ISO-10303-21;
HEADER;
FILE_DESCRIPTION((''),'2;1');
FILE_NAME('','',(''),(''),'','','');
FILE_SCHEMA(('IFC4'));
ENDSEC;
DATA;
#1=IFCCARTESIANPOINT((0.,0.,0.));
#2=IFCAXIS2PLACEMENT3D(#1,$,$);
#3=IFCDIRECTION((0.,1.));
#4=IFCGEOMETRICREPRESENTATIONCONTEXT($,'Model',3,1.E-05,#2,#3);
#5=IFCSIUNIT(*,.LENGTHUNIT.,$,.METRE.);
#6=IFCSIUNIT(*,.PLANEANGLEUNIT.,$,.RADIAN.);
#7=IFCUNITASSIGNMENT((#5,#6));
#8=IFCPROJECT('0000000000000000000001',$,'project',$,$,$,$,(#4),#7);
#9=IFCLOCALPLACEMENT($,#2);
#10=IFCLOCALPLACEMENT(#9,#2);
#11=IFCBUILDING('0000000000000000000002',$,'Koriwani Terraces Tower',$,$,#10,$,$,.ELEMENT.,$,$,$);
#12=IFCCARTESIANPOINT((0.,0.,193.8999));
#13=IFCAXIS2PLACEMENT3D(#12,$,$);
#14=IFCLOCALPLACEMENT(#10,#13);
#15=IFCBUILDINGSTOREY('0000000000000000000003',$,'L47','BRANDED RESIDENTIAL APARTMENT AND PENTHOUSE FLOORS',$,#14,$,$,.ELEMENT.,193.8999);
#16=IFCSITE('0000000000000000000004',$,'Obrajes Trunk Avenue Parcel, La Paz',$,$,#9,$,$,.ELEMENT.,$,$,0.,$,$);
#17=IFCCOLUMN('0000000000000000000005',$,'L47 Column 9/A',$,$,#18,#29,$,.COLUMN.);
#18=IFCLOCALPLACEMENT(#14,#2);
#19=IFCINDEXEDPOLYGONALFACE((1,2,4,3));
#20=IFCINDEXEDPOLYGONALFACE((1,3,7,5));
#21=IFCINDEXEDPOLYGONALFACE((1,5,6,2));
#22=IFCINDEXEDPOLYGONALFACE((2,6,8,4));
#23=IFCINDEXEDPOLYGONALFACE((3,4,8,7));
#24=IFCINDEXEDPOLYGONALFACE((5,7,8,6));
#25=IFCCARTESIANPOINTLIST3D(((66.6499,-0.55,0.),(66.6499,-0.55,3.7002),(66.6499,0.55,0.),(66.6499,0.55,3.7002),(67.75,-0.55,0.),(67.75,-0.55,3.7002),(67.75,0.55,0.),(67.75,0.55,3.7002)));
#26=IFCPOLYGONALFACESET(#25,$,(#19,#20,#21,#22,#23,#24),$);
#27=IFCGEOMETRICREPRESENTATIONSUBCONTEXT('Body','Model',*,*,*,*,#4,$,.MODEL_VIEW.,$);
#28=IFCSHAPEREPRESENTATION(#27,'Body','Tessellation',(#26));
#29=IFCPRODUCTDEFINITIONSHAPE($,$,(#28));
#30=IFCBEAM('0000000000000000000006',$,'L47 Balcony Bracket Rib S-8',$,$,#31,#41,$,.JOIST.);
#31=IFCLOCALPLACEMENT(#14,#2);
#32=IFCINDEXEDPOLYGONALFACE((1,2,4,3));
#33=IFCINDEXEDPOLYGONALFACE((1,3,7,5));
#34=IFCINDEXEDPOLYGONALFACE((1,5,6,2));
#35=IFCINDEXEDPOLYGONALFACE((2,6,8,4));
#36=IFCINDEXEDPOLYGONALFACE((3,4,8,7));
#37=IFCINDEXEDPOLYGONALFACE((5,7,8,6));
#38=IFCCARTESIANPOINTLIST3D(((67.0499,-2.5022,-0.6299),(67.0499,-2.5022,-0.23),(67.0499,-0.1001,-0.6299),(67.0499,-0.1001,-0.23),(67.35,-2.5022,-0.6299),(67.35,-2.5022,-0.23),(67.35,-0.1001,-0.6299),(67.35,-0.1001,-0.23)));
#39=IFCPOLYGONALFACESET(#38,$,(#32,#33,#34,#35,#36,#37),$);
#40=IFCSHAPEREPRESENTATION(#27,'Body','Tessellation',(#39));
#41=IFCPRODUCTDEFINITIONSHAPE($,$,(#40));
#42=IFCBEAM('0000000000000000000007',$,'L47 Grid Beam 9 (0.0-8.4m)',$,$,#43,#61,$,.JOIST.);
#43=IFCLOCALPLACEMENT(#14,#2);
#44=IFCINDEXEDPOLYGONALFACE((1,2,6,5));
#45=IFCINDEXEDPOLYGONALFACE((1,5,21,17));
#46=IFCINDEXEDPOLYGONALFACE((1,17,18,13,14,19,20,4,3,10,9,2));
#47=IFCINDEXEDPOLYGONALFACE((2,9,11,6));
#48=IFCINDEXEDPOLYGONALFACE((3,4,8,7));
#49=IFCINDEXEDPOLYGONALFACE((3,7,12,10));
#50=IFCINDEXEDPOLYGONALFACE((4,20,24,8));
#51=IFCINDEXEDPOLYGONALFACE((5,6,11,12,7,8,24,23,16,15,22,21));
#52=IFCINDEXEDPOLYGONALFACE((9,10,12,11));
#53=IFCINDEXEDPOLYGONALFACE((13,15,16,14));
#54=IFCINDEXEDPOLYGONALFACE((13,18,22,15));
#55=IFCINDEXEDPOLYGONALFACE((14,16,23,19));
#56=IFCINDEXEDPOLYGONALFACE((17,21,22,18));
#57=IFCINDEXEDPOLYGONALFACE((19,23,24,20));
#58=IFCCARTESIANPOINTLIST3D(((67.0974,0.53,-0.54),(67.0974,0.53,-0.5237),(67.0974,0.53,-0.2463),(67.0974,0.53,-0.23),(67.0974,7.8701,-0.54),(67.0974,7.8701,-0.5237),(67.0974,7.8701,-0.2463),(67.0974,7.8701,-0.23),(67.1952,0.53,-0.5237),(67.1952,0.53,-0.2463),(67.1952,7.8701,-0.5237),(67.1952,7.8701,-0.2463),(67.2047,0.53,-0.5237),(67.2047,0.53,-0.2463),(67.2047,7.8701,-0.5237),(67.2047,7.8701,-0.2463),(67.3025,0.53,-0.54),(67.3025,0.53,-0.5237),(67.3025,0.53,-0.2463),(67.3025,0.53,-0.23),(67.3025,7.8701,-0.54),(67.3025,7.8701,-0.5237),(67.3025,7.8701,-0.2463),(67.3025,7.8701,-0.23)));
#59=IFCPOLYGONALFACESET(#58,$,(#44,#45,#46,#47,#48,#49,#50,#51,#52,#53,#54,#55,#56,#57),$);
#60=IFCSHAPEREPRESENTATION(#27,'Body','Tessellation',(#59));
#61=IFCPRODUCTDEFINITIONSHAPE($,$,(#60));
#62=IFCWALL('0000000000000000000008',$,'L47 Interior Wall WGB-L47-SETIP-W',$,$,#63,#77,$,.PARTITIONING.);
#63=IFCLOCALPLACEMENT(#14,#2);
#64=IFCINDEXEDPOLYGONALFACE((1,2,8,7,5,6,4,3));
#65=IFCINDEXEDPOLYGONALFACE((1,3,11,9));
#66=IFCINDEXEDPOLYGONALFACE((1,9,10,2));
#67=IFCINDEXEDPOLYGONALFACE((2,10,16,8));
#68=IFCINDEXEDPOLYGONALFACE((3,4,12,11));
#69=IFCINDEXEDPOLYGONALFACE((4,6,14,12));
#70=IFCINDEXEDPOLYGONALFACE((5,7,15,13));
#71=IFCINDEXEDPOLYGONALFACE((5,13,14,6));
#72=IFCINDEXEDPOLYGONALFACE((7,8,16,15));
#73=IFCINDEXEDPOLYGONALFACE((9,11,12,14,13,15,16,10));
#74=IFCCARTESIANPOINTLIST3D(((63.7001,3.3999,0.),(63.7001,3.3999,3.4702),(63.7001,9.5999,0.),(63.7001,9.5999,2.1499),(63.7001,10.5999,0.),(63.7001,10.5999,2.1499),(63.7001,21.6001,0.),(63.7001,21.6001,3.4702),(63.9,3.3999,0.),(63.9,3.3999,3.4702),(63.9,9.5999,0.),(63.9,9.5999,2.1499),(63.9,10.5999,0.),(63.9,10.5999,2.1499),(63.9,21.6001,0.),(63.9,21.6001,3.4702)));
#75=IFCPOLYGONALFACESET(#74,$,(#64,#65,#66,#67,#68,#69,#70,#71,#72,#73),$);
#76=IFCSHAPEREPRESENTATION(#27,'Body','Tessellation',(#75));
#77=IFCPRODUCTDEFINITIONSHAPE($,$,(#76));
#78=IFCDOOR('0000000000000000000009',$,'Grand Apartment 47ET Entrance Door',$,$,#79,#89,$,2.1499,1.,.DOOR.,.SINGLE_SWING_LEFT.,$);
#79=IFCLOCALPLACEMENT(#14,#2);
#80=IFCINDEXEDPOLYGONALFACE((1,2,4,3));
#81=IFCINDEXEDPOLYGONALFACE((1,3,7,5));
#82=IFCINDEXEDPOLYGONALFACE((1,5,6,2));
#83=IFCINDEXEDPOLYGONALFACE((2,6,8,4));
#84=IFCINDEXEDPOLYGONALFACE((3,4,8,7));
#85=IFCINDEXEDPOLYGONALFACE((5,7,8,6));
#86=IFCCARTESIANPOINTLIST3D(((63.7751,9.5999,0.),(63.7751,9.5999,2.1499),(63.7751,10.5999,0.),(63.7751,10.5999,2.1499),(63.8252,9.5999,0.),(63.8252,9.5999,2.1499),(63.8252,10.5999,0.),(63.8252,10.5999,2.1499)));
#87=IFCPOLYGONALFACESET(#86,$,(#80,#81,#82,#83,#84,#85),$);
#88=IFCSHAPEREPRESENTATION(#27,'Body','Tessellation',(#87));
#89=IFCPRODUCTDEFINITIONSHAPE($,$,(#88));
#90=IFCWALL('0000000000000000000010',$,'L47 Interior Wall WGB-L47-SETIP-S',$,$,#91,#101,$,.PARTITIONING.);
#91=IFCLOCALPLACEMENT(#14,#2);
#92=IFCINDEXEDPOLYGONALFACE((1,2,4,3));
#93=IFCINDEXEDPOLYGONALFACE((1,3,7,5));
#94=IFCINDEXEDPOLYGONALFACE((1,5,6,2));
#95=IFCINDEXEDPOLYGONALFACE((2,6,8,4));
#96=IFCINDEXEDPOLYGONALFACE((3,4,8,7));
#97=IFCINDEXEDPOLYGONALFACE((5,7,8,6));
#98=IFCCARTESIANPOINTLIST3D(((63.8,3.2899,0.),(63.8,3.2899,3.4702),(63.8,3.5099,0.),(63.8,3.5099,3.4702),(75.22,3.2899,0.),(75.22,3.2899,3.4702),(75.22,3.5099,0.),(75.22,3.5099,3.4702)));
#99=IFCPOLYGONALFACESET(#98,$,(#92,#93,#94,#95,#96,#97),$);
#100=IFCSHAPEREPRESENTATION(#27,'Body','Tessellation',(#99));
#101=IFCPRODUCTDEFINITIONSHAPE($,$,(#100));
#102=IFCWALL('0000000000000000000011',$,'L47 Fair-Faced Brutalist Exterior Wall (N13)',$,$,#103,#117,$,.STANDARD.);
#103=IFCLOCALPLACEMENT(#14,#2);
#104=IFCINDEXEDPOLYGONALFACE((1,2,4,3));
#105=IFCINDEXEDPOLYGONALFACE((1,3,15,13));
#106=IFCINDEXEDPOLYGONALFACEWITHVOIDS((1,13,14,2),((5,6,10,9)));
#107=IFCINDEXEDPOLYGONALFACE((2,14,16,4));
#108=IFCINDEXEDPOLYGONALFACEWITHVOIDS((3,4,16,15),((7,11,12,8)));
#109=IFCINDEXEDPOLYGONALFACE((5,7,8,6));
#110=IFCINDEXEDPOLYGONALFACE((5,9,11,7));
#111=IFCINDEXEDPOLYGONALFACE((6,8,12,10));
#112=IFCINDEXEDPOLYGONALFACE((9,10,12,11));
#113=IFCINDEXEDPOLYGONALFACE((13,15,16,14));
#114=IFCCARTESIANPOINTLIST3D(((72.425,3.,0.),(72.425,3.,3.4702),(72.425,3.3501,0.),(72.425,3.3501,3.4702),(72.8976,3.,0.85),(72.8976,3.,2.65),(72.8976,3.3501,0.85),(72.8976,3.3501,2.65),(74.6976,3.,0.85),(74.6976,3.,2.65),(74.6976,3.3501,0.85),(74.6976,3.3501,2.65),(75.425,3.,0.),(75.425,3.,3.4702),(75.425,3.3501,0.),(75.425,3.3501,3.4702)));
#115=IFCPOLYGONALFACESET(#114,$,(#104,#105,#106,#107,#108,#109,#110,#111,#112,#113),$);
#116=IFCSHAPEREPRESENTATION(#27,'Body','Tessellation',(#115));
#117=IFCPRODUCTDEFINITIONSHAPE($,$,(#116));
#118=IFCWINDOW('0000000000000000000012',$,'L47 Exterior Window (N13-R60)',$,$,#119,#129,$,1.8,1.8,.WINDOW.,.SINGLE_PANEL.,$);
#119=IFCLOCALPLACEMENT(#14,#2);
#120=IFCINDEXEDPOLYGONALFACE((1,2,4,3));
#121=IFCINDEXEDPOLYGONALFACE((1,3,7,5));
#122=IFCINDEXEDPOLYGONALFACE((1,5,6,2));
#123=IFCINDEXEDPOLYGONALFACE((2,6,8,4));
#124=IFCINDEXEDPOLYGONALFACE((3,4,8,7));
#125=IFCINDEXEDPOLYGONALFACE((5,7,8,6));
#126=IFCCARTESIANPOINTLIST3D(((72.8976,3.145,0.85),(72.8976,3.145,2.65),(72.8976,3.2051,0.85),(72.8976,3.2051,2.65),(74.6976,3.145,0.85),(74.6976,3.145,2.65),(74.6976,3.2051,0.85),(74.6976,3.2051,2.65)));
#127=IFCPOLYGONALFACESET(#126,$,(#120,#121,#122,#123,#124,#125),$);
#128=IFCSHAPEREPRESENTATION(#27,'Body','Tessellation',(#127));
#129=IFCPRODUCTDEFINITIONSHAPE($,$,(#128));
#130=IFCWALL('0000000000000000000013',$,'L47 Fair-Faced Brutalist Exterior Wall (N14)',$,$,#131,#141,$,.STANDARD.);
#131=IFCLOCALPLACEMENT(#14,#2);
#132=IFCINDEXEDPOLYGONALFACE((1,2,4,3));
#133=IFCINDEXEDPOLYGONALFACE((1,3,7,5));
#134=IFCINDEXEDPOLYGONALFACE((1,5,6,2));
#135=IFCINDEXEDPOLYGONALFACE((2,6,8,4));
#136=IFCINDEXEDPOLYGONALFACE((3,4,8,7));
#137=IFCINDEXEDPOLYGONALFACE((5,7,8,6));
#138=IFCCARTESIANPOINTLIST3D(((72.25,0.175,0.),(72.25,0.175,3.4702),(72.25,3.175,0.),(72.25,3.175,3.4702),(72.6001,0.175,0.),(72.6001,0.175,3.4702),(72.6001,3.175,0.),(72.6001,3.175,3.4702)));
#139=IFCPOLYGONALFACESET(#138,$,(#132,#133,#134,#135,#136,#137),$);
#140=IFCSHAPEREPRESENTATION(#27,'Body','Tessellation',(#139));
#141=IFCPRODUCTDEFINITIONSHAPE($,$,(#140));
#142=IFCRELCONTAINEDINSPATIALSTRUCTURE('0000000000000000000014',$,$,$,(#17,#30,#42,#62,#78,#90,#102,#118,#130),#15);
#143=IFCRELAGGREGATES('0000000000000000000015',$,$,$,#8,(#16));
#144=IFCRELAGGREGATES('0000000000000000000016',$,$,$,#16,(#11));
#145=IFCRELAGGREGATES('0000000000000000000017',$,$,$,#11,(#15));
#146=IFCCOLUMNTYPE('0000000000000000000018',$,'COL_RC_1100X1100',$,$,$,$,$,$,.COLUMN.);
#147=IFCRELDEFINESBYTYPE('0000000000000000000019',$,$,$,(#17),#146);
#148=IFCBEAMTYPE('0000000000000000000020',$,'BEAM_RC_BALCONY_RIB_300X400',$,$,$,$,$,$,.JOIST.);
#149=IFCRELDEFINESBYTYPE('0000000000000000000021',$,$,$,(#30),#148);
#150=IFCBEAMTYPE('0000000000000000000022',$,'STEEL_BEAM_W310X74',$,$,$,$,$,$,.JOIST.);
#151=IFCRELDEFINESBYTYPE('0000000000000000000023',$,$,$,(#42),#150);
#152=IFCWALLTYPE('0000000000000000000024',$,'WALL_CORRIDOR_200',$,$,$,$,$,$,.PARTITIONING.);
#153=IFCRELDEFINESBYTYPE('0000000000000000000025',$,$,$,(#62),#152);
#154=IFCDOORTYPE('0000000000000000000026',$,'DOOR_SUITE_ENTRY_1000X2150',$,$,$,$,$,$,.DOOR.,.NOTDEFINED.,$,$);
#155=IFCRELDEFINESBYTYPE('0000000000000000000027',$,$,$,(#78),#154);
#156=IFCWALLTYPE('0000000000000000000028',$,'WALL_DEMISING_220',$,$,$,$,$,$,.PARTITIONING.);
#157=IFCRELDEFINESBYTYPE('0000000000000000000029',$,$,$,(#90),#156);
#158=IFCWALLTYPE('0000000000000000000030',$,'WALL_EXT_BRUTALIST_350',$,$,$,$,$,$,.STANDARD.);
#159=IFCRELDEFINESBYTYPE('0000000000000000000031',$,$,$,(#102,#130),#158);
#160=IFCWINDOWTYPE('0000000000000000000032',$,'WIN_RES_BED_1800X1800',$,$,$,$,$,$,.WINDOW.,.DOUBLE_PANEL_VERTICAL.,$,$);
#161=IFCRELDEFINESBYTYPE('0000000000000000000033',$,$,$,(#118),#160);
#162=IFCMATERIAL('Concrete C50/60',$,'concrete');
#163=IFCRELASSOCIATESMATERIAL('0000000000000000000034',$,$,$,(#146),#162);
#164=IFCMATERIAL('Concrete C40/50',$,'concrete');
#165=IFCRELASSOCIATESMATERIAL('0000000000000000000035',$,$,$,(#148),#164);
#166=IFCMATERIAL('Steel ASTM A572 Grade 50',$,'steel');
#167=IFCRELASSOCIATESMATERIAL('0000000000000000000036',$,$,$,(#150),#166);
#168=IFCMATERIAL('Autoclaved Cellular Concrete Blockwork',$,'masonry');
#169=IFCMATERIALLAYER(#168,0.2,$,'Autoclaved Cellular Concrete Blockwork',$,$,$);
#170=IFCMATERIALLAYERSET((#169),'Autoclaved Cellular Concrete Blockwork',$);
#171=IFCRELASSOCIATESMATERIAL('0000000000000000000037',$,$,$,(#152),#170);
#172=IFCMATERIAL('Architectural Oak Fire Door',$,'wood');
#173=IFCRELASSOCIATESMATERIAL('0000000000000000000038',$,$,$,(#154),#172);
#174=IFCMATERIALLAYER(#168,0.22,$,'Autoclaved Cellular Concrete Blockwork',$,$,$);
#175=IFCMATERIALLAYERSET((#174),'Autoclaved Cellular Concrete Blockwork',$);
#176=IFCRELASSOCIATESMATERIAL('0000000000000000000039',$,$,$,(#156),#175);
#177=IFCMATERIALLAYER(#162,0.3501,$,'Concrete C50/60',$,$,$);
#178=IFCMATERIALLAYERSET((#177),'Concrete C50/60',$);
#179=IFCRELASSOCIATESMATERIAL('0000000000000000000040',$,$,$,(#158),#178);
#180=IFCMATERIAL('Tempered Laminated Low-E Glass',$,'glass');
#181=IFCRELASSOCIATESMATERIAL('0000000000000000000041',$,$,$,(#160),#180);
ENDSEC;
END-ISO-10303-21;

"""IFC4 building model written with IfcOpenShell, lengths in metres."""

from ifc_helpers import new_model, si_unit, direction, frame, frame_2d, origin, origin_2d, place, context, subcontext, project, spatial, rectangle, i_section, extrude, material, layer, layer_set, material_profile, profile_set, type_object, element, fill, save


model = new_model("IFC4")

# Units and contexts
model_context = context("Model", 3, precision=1e-05, world=origin(), true_north=direction((0.0, 1.0)))
body_context = subcontext(model_context, "Body", "Model", "MODEL_VIEW")
ifc_project = project(units=[si_unit("LENGTHUNIT", "METRE"), si_unit("PLANEANGLEUNIT", "RADIAN")], contexts=[model_context])

# Site, building, storey
site_placement = place(None, origin())
site = spatial("IfcSite", under=ifc_project, at=site_placement, Name="Obrajes Trunk Avenue Parcel, La Paz", CompositionType="ELEMENT", RefElevation=0.0)
building_placement = place(site_placement, origin())
building = spatial("IfcBuilding", under=site, at=building_placement, Name="Koriwani Terraces Tower", CompositionType="ELEMENT")
storey_placement = place(building_placement, frame((0.0, 0.0, 193.8999)))
storey = spatial("IfcBuildingStorey", under=building, at=storey_placement, Name="L47", Description="BRANDED RESIDENTIAL APARTMENT AND PENTHOUSE FLOORS", CompositionType="ELEMENT", Elevation=193.8999)

# Column
ifc_material_1 = material(Name="Concrete C50/60", Category="concrete")
ifc_material_profile_1 = material_profile(ifc_material_1, rectangle(XDim=1.1001, YDim=1.1001, at=origin_2d()), Name="Concrete C50/60", Category="LoadBearing")
ifc_profile_set_1 = profile_set([ifc_material_profile_1], Name="Concrete C50/60")
column_type = type_object("IfcColumnType", Name="COL_RC_1100X1100", PredefinedType="COLUMN", material=ifc_profile_set_1)
column_placement = place(storey_placement, frame((67.2, 0.0, 0.0), z_axis=(0.0, 0.0, 1.0), x_axis=(1.0, 0.0, 0.0)))
element("IfcColumn", 1, at=column_placement, inside=storey, type_object=column_type, Name="L47 Column 9/A", PredefinedType="COLUMN", context=body_context, shape_type="SweptSolid", body=[
    extrude(rectangle(XDim=1.1001, YDim=1.1001, at=origin_2d()), origin(), (0.0, 0.0, 1.0), 3.7002),
])

# Beams
ifc_material_2 = material(Name="Concrete C40/50", Category="concrete")
ifc_material_profile_2 = material_profile(ifc_material_2, rectangle(XDim=0.3, YDim=0.3999, at=origin_2d()), Name="Concrete C40/50", Category="LoadBearing")
ifc_profile_set_2 = profile_set([ifc_material_profile_2], Name="Concrete C40/50")
beam_type_1 = type_object("IfcBeamType", Name="BEAM_RC_BALCONY_RIB_300X400", PredefinedType="JOIST", material=ifc_profile_set_2)
beam_1_placement = place(storey_placement, frame((67.2, -2.5022, -0.4299), z_axis=(0.0, 1.0, 0.0), x_axis=(-1.0, 0.0, 0.0)))
element("IfcBeam", 2, at=beam_1_placement, inside=storey, type_object=beam_type_1, Name="L47 Balcony Bracket Rib S-8", PredefinedType="JOIST", context=body_context, shape_type="SweptSolid", body=[
    extrude(rectangle(XDim=0.3, YDim=0.3999, at=origin_2d()), origin(), (0.0, 0.0, 1.0), 2.4021),
])
ifc_material_3 = material(Name="Steel ASTM A572 Grade 50", Category="steel")
ifc_material_profile_3 = material_profile(ifc_material_3, i_section(OverallWidth=0.2051, OverallDepth=0.3101, WebThickness=0.0095, FlangeThickness=0.0164, at=origin_2d()), Name="Steel ASTM A572 Grade 50", Category="LoadBearing")
ifc_profile_set_3 = profile_set([ifc_material_profile_3], Name="Steel ASTM A572 Grade 50")
beam_type_2 = type_object("IfcBeamType", Name="STEEL_BEAM_W310X74", PredefinedType="JOIST", material=ifc_profile_set_3)
beam_2_placement = place(storey_placement, frame((67.2, 0.53, -0.385), z_axis=(0.0, 1.0, 0.0), x_axis=(-1.0, 0.0, 0.0)))
element("IfcBeam", 3, at=beam_2_placement, inside=storey, type_object=beam_type_2, Name="L47 Grid Beam 9 (0.0-8.4m)", PredefinedType="JOIST", context=body_context, shape_type="SweptSolid", body=[
    extrude(i_section(OverallWidth=0.2051, OverallDepth=0.3101, WebThickness=0.0095, FlangeThickness=0.0164, at=origin_2d()), origin(), (0.0, 0.0, 1.0), 7.3401),
])

# Wall, opening, door
ifc_material_4 = material(Name="Autoclaved Cellular Concrete Blockwork", Category="masonry")
ifc_layer_1 = layer(ifc_material_4, 0.2, Name="Autoclaved Cellular Concrete Blockwork")
ifc_layer_set_1 = layer_set([ifc_layer_1], Name="Autoclaved Cellular Concrete Blockwork")
wall_type_1 = type_object("IfcWallType", Name="WALL_CORRIDOR_200", PredefinedType="PARTITIONING", material=ifc_layer_set_1)
wall_1_placement = place(storey_placement, frame((63.8, 3.3999, 0.0), z_axis=(0.0, 0.0, 1.0), x_axis=(0.0, 1.0, 0.0)))
wall_1 = element("IfcWall", 4, at=wall_1_placement, inside=storey, type_object=wall_type_1, Name="L47 Interior Wall WGB-L47-SETIP-W", PredefinedType="PARTITIONING", context=body_context, shape_type="SweptSolid", body=[
    extrude(rectangle(XDim=18.2002, YDim=0.2, at=frame_2d((9.1001, 0.0))), origin(), (0.0, 0.0, 1.0), 3.4702),
])
opening_1_placement = place(wall_1_placement, frame((6.2, 0.0, 0.0)))
opening_1 = element("IfcOpeningElement", 5, at=opening_1_placement, cuts=wall_1, PredefinedType="OPENING", context=body_context, shape_type="SweptSolid", body=[
    extrude(rectangle(XDim=1.0, YDim=2.1499, at=frame_2d((0.5, 1.075))), frame((0.0, 0.1099, 0.0), z_axis=(0.0, -1.0, 0.0), x_axis=(1.0, 0.0, 0.0)), (0.0, 0.0, 1.0), 0.22),
])
ifc_material_5 = material(Name="Architectural Oak Fire Door", Category="wood")
door_type_1 = type_object("IfcDoorType", Name="DOOR_SUITE_ENTRY_1000X2150", OperationType="NOTDEFINED", PredefinedType="DOOR", material=ifc_material_5)
door_1_placement = place(opening_1_placement, origin())
door_1 = element("IfcDoor", 6, at=door_1_placement, inside=storey, type_object=door_type_1, Name="Grand Apartment 47ET Entrance Door", OperationType="SINGLE_SWING_LEFT", OverallHeight=2.1499, OverallWidth=1.0, PredefinedType="DOOR", context=body_context, shape_type="SweptSolid", body=[
    extrude(rectangle(XDim=1.0, YDim=2.1499, at=frame_2d((0.5, 1.075))), frame((0.0, 0.0249, 0.0), z_axis=(0.0, -1.0, 0.0), x_axis=(1.0, 0.0, 0.0)), (0.0, 0.0, 1.0), 0.05),
])
fill(opening_1, door_1)

# Wall
ifc_layer_2 = layer(ifc_material_4, 0.22, Name="Autoclaved Cellular Concrete Blockwork")
ifc_layer_set_2 = layer_set([ifc_layer_2], Name="Autoclaved Cellular Concrete Blockwork")
wall_type_2 = type_object("IfcWallType", Name="WALL_DEMISING_220", PredefinedType="PARTITIONING", material=ifc_layer_set_2)
wall_2_placement = place(storey_placement, frame((63.8, 3.3999, 0.0), z_axis=(0.0, 0.0, 1.0), x_axis=(1.0, 0.0, 0.0)))
element("IfcWall", 7, at=wall_2_placement, inside=storey, type_object=wall_type_2, Name="L47 Interior Wall WGB-L47-SETIP-S", PredefinedType="PARTITIONING", context=body_context, shape_type="SweptSolid", body=[
    extrude(rectangle(XDim=11.4199, YDim=0.22, at=frame_2d((5.71, 0.0))), origin(), (0.0, 0.0, 1.0), 3.4702),
])

# Wall, opening, window
ifc_layer_3 = layer(ifc_material_1, 0.3501, Name="Concrete C50/60")
ifc_layer_set_3 = layer_set([ifc_layer_3], Name="Concrete C50/60")
wall_type_3 = type_object("IfcWallType", Name="WALL_EXT_BRUTALIST_350", PredefinedType="STANDARD", material=ifc_layer_set_3)
wall_3_placement = place(storey_placement, frame((75.425, 3.175, 0.0), z_axis=(0.0, 0.0, 1.0), x_axis=(-1.0, 0.0, 0.0)))
wall_3 = element("IfcWall", 8, at=wall_3_placement, inside=storey, type_object=wall_type_3, Name="L47 Fair-Faced Brutalist Exterior Wall (N13)", PredefinedType="STANDARD", context=body_context, shape_type="SweptSolid", body=[
    extrude(rectangle(XDim=3.0, YDim=0.3501, at=frame_2d((1.5, 0.0))), origin(), (0.0, 0.0, 1.0), 3.4702),
])
opening_2_placement = place(wall_3_placement, frame((0.7275, 0.0, 0.8501)))
opening_2 = element("IfcOpeningElement", 9, at=opening_2_placement, cuts=wall_3, PredefinedType="OPENING", context=body_context, shape_type="SweptSolid", body=[
    extrude(rectangle(XDim=1.8, YDim=1.8, at=frame_2d((0.8999, 0.8999))), frame((0.0, 0.1851, 0.0), z_axis=(0.0, -1.0, 0.0), x_axis=(1.0, 0.0, 0.0)), (0.0, 0.0, 1.0), 0.3701),
])
ifc_material_6 = material(Name="Tempered Laminated Low-E Glass", Category="glass")
window_type_1 = type_object("IfcWindowType", Name="WIN_RES_BED_1800X1800", PartitioningType="DOUBLE_PANEL_VERTICAL", PredefinedType="WINDOW", material=ifc_material_6)
window_1_placement = place(opening_2_placement, origin())
window_1 = element("IfcWindow", 10, at=window_1_placement, inside=storey, type_object=window_type_1, Name="L47 Exterior Window (N13-R60)", OverallHeight=1.8, OverallWidth=1.8, PartitioningType="SINGLE_PANEL", PredefinedType="WINDOW", context=body_context, shape_type="SweptSolid", body=[
    extrude(rectangle(XDim=1.8, YDim=1.8, at=frame_2d((0.8999, 0.8999))), frame((0.0, 0.03, 0.0), z_axis=(0.0, -1.0, 0.0), x_axis=(1.0, 0.0, 0.0)), (0.0, 0.0, 1.0), 0.0601),
])
fill(opening_2, window_1)

# Wall
wall_4_placement = place(storey_placement, frame((72.425, 3.175, 0.0), z_axis=(0.0, 0.0, 1.0), x_axis=(0.0, -1.0, 0.0)))
element("IfcWall", 11, at=wall_4_placement, inside=storey, type_object=wall_type_3, Name="L47 Fair-Faced Brutalist Exterior Wall (N14)", PredefinedType="STANDARD", context=body_context, shape_type="SweptSolid", body=[
    extrude(rectangle(XDim=3.0, YDim=0.3501, at=frame_2d((1.5, 0.0))), origin(), (0.0, 0.0, 1.0), 3.4702),
])

save(model, "model.ifc")
